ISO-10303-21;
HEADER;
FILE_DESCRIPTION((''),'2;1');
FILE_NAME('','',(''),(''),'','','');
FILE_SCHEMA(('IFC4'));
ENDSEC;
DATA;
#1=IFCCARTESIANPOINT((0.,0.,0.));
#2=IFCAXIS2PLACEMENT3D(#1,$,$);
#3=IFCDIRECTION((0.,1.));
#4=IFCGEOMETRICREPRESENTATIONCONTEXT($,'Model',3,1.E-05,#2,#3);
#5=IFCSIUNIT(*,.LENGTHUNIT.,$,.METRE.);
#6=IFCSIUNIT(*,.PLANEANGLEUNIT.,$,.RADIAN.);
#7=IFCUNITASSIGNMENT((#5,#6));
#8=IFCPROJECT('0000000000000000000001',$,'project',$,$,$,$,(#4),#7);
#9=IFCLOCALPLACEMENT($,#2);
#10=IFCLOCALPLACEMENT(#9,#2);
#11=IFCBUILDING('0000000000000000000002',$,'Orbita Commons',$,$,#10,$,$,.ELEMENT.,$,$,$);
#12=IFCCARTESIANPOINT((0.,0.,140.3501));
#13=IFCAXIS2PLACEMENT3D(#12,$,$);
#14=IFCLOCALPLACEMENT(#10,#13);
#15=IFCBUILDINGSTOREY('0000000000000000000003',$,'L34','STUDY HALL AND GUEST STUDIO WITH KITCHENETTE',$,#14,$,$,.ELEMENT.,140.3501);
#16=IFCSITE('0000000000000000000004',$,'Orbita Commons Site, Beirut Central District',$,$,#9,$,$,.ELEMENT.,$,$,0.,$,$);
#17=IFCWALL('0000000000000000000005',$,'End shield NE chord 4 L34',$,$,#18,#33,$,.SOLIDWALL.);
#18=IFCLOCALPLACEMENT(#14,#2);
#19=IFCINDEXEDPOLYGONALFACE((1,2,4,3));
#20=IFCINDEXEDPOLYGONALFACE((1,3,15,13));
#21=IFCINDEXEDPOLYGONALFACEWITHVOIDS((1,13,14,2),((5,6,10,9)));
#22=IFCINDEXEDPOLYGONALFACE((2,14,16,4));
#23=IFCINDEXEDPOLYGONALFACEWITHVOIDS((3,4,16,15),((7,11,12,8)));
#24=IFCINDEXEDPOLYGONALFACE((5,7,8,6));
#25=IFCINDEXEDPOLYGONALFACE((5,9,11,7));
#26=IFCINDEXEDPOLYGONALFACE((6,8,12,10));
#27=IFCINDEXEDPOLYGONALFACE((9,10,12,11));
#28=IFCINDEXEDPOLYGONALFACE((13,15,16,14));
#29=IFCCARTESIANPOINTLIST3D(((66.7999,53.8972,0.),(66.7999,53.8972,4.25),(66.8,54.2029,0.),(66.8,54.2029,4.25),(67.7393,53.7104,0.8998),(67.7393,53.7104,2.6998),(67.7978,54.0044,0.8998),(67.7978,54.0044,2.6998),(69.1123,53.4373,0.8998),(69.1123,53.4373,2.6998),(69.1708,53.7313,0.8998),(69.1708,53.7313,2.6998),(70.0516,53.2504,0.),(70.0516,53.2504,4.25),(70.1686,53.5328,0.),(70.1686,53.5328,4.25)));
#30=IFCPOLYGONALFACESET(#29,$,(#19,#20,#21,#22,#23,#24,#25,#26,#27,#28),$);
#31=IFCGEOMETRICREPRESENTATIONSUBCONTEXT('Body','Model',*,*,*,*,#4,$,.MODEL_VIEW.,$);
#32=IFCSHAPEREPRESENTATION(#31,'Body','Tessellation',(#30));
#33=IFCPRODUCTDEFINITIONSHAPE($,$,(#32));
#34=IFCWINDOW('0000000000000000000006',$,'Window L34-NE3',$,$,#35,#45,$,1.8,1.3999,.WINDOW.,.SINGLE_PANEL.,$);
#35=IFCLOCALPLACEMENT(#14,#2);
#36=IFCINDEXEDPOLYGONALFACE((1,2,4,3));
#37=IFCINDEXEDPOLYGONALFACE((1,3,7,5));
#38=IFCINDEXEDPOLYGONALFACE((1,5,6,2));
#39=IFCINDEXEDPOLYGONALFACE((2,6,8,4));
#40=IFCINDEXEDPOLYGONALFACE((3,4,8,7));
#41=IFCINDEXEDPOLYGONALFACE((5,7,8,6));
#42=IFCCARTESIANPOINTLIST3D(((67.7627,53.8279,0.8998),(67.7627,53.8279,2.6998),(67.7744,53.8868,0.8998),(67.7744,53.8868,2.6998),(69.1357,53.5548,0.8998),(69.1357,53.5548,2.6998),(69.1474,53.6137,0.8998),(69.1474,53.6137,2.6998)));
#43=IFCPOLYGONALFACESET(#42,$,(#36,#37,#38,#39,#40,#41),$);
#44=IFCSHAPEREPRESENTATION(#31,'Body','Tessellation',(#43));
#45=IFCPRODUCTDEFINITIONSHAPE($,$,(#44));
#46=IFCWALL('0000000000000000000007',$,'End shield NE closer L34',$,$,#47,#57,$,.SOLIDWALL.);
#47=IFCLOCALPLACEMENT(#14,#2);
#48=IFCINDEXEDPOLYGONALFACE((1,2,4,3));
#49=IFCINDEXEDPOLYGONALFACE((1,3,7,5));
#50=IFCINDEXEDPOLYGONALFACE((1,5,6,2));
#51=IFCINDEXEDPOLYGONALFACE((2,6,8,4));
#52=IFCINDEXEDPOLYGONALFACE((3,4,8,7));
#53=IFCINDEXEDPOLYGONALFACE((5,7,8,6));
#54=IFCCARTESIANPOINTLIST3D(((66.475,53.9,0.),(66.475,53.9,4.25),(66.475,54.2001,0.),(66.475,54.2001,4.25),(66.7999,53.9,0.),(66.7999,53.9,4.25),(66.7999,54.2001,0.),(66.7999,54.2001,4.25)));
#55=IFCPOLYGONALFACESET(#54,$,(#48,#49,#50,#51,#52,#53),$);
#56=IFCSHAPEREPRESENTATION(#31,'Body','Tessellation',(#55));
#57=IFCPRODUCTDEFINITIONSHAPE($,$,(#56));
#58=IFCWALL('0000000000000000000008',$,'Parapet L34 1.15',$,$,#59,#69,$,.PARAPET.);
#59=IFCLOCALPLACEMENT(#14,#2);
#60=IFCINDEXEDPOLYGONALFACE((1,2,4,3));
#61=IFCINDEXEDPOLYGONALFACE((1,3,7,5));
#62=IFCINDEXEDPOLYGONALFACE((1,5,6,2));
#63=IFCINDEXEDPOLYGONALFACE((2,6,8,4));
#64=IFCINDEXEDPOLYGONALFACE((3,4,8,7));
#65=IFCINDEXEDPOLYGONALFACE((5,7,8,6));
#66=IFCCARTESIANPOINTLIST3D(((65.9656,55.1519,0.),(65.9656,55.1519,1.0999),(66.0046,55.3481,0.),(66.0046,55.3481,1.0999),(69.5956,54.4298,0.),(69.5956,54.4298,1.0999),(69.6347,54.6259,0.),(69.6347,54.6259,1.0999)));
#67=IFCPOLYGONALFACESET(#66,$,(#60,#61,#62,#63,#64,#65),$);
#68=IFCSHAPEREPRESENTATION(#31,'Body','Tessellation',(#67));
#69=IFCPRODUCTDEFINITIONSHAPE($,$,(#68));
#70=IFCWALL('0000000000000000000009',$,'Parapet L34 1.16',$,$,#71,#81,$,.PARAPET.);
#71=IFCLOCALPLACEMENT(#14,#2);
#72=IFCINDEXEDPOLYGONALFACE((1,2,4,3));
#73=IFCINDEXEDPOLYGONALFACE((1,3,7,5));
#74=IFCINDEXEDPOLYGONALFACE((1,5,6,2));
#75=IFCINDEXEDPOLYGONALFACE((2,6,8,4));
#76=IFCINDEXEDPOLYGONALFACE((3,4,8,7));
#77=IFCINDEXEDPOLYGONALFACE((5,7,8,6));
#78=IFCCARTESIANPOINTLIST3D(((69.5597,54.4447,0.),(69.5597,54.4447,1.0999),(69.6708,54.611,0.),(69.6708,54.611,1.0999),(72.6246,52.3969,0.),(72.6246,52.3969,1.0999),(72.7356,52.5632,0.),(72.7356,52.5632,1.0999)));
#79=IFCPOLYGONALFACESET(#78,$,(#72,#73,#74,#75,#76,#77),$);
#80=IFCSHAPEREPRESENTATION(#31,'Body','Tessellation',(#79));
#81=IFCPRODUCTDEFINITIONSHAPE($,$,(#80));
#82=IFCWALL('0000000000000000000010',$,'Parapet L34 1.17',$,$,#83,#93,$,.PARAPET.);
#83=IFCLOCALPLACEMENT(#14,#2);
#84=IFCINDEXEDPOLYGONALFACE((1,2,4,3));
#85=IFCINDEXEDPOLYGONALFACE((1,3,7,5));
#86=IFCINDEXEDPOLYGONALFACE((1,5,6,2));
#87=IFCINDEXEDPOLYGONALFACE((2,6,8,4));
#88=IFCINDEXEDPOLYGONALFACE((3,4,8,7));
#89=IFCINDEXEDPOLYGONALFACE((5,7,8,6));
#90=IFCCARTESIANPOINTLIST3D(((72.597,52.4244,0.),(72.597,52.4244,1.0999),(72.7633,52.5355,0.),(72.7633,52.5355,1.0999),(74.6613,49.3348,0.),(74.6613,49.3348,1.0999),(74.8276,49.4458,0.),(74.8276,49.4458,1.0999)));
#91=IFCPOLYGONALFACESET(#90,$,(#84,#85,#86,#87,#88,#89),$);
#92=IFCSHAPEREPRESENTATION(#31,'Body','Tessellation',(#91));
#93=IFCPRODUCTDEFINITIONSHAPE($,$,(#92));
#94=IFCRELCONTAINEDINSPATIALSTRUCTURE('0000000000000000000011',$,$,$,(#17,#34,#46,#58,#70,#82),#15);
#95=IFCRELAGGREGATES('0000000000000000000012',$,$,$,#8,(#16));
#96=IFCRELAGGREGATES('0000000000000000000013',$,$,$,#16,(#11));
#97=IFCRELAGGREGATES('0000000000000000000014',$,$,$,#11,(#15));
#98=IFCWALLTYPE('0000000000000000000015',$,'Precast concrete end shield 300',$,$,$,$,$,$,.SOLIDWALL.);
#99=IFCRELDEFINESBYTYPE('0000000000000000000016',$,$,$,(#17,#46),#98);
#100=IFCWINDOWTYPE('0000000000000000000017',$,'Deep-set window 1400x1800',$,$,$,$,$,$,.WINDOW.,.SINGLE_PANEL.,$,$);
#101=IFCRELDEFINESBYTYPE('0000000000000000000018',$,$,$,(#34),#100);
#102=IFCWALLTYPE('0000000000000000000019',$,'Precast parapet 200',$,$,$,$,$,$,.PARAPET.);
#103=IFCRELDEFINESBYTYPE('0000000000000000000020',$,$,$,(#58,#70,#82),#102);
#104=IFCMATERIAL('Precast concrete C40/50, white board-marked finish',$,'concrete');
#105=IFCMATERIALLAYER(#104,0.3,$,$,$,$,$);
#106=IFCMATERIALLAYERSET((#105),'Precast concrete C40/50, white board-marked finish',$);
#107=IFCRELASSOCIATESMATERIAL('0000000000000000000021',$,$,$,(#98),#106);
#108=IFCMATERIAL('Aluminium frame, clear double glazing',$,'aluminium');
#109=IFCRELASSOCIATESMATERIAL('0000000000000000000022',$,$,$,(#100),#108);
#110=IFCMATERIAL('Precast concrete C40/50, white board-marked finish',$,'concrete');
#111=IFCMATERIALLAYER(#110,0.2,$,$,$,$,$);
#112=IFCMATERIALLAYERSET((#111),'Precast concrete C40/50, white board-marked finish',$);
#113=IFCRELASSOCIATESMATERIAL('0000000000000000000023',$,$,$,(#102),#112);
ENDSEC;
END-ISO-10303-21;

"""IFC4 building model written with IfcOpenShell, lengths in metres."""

from ifc_helpers import new_model, si_unit, direction, frame, frame_2d, origin, place, context, subcontext, project, spatial, polyline, rectangle, outline, extrude, material, layer, layer_set, type_object, element, fill, save


model = new_model("IFC4")

# Units and contexts
model_context = context("Model", 3, precision=1e-05, world=origin(), true_north=direction((0.0, 1.0)))
body_context = subcontext(model_context, "Body", "Model", "MODEL_VIEW")
ifc_project = project(units=[si_unit("LENGTHUNIT", "METRE"), si_unit("PLANEANGLEUNIT", "RADIAN")], contexts=[model_context])

# Site, building, storey
site_placement = place(None, origin())
site = spatial("IfcSite", under=ifc_project, at=site_placement, Name="Orbita Commons Site, Beirut Central District", CompositionType="ELEMENT", RefElevation=0.0)
building_placement = place(site_placement, origin())
building = spatial("IfcBuilding", under=site, at=building_placement, Name="Orbita Commons", CompositionType="ELEMENT")
storey_placement = place(building_placement, frame((0.0, 0.0, 140.3501)))
storey = spatial("IfcBuildingStorey", under=building, at=storey_placement, Name="L34", Description="STUDY HALL AND GUEST STUDIO WITH KITCHENETTE", CompositionType="ELEMENT", Elevation=140.3501)

# Wall, opening, window
ifc_material_1 = material(Name="Precast concrete C40/50, white board-marked finish", Category="concrete")
ifc_layer_1 = layer(ifc_material_1, 0.3)
ifc_layer_set_1 = layer_set([ifc_layer_1], Name="Precast concrete C40/50, white board-marked finish")
wall_type_1 = type_object("IfcWallType", Name="Precast concrete end shield 300", PredefinedType="SOLIDWALL", material=ifc_layer_set_1)
ifc_material_2 = material(Name="Aluminium frame, clear double glazing", Category="aluminium")
window_type = type_object("IfcWindowType", Name="Deep-set window 1400x1800", PartitioningType="SINGLE_PANEL", PredefinedType="WINDOW", material=ifc_material_2)
wall_1_placement = place(storey_placement, frame((70.1101, 53.3916, 0.0), z_axis=(0.0, 0.0, 1.0), x_axis=(-0.980783, 0.1951, 0.0)))
wall_1 = element("IfcWall", 1, at=wall_1_placement, inside=storey, type_object=wall_type_1, Name="End shield NE chord 4 L34", PredefinedType="SOLIDWALL", context=body_context, shape_type="SweptSolid", body=[
    extrude(outline(polyline([(-0.0298, -0.1499), (3.4048, -0.1499), (3.3452, 0.1499), (0.0298, 0.1499), (-0.0298, -0.1499)])), origin(), (0.0, 0.0, 1.0), 4.25),
])
opening_1_placement = place(wall_1_placement, frame((0.9875, 0.0, 0.8999)))
opening_1 = element("IfcOpeningElement", 2, at=opening_1_placement, cuts=wall_1, PredefinedType="OPENING", context=body_context, shape_type="SweptSolid", body=[
    extrude(rectangle(XDim=1.3999, YDim=1.8, at=frame_2d((0.7, 0.8999))), frame((0.0, 0.1599, 0.0), z_axis=(0.0, -1.0, 0.0), x_axis=(1.0, 0.0, 0.0)), (0.0, 0.0, 1.0), 0.3201),
])
window_1_placement = place(opening_1_placement, origin())
window_1 = element("IfcWindow", 3, at=window_1_placement, inside=storey, type_object=window_type, Name="Window L34-NE3", OverallHeight=1.8, OverallWidth=1.3999, PartitioningType="SINGLE_PANEL", PredefinedType="WINDOW", context=body_context, shape_type="SweptSolid", body=[
    extrude(rectangle(XDim=1.3999, YDim=1.8, at=frame_2d((0.7, 0.8999))), frame((0.0, 0.03, 0.0), z_axis=(0.0, -1.0, 0.0), x_axis=(1.0, 0.0, 0.0)), (0.0, 0.0, 1.0), 0.0601),
])
fill(opening_1, window_1)

# Walls
wall_2_placement = place(storey_placement, frame((66.8, 54.05, 0.0), z_axis=(0.0, 0.0, 1.0), x_axis=(-1.0, 0.0, 0.0)))
element("IfcWall", 4, at=wall_2_placement, inside=storey, type_object=wall_type_1, Name="End shield NE closer L34", PredefinedType="SOLIDWALL", context=body_context, shape_type="SweptSolid", body=[
    extrude(rectangle(XDim=0.325, YDim=0.3, at=frame_2d((0.1626, 0.0))), origin(), (0.0, 0.0, 1.0), 4.25),
])
ifc_material_3 = material(Name="Precast concrete C40/50, white board-marked finish", Category="concrete")
ifc_layer_2 = layer(ifc_material_3, 0.2)
ifc_layer_set_2 = layer_set([ifc_layer_2], Name="Precast concrete C40/50, white board-marked finish")
wall_type_2 = type_object("IfcWallType", Name="Precast parapet 200", PredefinedType="PARAPET", material=ifc_layer_set_2)
wall_3_placement = place(storey_placement, frame((65.9851, 55.25, 0.0), z_axis=(0.0, 0.0, 1.0), x_axis=(0.980781, -0.195114, 0.0)))
element("IfcWall", 5, at=wall_3_placement, inside=storey, type_object=wall_type_2, Name="Parapet L34 1.15", PredefinedType="PARAPET", context=body_context, shape_type="SweptSolid", body=[
    extrude(rectangle(XDim=3.7012, YDim=0.2, at=frame_2d((1.8506, 0.0))), origin(), (0.0, 0.0, 1.0), 1.0999),
])
wall_4_placement = place(storey_placement, frame((69.6152, 54.5278, 0.0), z_axis=(0.0, 0.0, 1.0), x_axis=(0.831479, -0.555556, 0.0)))
element("IfcWall", 6, at=wall_4_placement, inside=storey, type_object=wall_type_2, Name="Parapet L34 1.16", PredefinedType="PARAPET", context=body_context, shape_type="SweptSolid", body=[
    extrude(rectangle(XDim=3.686, YDim=0.2, at=frame_2d((1.843, 0.0))), origin(), (0.0, 0.0, 1.0), 1.0999),
])
wall_5_placement = place(storey_placement, frame((72.6802, 52.48, 0.0), z_axis=(0.0, 0.0, 1.0), x_axis=(0.555534, -0.831494, 0.0)))
element("IfcWall", 7, at=wall_5_placement, inside=storey, type_object=wall_type_2, Name="Parapet L34 1.17", PredefinedType="PARAPET", context=body_context, shape_type="SweptSolid", body=[
    extrude(rectangle(XDim=3.7158, YDim=0.2, at=frame_2d((1.8579, 0.0))), origin(), (0.0, 0.0, 1.0), 1.0999),
])

save(model, "model.ifc")
